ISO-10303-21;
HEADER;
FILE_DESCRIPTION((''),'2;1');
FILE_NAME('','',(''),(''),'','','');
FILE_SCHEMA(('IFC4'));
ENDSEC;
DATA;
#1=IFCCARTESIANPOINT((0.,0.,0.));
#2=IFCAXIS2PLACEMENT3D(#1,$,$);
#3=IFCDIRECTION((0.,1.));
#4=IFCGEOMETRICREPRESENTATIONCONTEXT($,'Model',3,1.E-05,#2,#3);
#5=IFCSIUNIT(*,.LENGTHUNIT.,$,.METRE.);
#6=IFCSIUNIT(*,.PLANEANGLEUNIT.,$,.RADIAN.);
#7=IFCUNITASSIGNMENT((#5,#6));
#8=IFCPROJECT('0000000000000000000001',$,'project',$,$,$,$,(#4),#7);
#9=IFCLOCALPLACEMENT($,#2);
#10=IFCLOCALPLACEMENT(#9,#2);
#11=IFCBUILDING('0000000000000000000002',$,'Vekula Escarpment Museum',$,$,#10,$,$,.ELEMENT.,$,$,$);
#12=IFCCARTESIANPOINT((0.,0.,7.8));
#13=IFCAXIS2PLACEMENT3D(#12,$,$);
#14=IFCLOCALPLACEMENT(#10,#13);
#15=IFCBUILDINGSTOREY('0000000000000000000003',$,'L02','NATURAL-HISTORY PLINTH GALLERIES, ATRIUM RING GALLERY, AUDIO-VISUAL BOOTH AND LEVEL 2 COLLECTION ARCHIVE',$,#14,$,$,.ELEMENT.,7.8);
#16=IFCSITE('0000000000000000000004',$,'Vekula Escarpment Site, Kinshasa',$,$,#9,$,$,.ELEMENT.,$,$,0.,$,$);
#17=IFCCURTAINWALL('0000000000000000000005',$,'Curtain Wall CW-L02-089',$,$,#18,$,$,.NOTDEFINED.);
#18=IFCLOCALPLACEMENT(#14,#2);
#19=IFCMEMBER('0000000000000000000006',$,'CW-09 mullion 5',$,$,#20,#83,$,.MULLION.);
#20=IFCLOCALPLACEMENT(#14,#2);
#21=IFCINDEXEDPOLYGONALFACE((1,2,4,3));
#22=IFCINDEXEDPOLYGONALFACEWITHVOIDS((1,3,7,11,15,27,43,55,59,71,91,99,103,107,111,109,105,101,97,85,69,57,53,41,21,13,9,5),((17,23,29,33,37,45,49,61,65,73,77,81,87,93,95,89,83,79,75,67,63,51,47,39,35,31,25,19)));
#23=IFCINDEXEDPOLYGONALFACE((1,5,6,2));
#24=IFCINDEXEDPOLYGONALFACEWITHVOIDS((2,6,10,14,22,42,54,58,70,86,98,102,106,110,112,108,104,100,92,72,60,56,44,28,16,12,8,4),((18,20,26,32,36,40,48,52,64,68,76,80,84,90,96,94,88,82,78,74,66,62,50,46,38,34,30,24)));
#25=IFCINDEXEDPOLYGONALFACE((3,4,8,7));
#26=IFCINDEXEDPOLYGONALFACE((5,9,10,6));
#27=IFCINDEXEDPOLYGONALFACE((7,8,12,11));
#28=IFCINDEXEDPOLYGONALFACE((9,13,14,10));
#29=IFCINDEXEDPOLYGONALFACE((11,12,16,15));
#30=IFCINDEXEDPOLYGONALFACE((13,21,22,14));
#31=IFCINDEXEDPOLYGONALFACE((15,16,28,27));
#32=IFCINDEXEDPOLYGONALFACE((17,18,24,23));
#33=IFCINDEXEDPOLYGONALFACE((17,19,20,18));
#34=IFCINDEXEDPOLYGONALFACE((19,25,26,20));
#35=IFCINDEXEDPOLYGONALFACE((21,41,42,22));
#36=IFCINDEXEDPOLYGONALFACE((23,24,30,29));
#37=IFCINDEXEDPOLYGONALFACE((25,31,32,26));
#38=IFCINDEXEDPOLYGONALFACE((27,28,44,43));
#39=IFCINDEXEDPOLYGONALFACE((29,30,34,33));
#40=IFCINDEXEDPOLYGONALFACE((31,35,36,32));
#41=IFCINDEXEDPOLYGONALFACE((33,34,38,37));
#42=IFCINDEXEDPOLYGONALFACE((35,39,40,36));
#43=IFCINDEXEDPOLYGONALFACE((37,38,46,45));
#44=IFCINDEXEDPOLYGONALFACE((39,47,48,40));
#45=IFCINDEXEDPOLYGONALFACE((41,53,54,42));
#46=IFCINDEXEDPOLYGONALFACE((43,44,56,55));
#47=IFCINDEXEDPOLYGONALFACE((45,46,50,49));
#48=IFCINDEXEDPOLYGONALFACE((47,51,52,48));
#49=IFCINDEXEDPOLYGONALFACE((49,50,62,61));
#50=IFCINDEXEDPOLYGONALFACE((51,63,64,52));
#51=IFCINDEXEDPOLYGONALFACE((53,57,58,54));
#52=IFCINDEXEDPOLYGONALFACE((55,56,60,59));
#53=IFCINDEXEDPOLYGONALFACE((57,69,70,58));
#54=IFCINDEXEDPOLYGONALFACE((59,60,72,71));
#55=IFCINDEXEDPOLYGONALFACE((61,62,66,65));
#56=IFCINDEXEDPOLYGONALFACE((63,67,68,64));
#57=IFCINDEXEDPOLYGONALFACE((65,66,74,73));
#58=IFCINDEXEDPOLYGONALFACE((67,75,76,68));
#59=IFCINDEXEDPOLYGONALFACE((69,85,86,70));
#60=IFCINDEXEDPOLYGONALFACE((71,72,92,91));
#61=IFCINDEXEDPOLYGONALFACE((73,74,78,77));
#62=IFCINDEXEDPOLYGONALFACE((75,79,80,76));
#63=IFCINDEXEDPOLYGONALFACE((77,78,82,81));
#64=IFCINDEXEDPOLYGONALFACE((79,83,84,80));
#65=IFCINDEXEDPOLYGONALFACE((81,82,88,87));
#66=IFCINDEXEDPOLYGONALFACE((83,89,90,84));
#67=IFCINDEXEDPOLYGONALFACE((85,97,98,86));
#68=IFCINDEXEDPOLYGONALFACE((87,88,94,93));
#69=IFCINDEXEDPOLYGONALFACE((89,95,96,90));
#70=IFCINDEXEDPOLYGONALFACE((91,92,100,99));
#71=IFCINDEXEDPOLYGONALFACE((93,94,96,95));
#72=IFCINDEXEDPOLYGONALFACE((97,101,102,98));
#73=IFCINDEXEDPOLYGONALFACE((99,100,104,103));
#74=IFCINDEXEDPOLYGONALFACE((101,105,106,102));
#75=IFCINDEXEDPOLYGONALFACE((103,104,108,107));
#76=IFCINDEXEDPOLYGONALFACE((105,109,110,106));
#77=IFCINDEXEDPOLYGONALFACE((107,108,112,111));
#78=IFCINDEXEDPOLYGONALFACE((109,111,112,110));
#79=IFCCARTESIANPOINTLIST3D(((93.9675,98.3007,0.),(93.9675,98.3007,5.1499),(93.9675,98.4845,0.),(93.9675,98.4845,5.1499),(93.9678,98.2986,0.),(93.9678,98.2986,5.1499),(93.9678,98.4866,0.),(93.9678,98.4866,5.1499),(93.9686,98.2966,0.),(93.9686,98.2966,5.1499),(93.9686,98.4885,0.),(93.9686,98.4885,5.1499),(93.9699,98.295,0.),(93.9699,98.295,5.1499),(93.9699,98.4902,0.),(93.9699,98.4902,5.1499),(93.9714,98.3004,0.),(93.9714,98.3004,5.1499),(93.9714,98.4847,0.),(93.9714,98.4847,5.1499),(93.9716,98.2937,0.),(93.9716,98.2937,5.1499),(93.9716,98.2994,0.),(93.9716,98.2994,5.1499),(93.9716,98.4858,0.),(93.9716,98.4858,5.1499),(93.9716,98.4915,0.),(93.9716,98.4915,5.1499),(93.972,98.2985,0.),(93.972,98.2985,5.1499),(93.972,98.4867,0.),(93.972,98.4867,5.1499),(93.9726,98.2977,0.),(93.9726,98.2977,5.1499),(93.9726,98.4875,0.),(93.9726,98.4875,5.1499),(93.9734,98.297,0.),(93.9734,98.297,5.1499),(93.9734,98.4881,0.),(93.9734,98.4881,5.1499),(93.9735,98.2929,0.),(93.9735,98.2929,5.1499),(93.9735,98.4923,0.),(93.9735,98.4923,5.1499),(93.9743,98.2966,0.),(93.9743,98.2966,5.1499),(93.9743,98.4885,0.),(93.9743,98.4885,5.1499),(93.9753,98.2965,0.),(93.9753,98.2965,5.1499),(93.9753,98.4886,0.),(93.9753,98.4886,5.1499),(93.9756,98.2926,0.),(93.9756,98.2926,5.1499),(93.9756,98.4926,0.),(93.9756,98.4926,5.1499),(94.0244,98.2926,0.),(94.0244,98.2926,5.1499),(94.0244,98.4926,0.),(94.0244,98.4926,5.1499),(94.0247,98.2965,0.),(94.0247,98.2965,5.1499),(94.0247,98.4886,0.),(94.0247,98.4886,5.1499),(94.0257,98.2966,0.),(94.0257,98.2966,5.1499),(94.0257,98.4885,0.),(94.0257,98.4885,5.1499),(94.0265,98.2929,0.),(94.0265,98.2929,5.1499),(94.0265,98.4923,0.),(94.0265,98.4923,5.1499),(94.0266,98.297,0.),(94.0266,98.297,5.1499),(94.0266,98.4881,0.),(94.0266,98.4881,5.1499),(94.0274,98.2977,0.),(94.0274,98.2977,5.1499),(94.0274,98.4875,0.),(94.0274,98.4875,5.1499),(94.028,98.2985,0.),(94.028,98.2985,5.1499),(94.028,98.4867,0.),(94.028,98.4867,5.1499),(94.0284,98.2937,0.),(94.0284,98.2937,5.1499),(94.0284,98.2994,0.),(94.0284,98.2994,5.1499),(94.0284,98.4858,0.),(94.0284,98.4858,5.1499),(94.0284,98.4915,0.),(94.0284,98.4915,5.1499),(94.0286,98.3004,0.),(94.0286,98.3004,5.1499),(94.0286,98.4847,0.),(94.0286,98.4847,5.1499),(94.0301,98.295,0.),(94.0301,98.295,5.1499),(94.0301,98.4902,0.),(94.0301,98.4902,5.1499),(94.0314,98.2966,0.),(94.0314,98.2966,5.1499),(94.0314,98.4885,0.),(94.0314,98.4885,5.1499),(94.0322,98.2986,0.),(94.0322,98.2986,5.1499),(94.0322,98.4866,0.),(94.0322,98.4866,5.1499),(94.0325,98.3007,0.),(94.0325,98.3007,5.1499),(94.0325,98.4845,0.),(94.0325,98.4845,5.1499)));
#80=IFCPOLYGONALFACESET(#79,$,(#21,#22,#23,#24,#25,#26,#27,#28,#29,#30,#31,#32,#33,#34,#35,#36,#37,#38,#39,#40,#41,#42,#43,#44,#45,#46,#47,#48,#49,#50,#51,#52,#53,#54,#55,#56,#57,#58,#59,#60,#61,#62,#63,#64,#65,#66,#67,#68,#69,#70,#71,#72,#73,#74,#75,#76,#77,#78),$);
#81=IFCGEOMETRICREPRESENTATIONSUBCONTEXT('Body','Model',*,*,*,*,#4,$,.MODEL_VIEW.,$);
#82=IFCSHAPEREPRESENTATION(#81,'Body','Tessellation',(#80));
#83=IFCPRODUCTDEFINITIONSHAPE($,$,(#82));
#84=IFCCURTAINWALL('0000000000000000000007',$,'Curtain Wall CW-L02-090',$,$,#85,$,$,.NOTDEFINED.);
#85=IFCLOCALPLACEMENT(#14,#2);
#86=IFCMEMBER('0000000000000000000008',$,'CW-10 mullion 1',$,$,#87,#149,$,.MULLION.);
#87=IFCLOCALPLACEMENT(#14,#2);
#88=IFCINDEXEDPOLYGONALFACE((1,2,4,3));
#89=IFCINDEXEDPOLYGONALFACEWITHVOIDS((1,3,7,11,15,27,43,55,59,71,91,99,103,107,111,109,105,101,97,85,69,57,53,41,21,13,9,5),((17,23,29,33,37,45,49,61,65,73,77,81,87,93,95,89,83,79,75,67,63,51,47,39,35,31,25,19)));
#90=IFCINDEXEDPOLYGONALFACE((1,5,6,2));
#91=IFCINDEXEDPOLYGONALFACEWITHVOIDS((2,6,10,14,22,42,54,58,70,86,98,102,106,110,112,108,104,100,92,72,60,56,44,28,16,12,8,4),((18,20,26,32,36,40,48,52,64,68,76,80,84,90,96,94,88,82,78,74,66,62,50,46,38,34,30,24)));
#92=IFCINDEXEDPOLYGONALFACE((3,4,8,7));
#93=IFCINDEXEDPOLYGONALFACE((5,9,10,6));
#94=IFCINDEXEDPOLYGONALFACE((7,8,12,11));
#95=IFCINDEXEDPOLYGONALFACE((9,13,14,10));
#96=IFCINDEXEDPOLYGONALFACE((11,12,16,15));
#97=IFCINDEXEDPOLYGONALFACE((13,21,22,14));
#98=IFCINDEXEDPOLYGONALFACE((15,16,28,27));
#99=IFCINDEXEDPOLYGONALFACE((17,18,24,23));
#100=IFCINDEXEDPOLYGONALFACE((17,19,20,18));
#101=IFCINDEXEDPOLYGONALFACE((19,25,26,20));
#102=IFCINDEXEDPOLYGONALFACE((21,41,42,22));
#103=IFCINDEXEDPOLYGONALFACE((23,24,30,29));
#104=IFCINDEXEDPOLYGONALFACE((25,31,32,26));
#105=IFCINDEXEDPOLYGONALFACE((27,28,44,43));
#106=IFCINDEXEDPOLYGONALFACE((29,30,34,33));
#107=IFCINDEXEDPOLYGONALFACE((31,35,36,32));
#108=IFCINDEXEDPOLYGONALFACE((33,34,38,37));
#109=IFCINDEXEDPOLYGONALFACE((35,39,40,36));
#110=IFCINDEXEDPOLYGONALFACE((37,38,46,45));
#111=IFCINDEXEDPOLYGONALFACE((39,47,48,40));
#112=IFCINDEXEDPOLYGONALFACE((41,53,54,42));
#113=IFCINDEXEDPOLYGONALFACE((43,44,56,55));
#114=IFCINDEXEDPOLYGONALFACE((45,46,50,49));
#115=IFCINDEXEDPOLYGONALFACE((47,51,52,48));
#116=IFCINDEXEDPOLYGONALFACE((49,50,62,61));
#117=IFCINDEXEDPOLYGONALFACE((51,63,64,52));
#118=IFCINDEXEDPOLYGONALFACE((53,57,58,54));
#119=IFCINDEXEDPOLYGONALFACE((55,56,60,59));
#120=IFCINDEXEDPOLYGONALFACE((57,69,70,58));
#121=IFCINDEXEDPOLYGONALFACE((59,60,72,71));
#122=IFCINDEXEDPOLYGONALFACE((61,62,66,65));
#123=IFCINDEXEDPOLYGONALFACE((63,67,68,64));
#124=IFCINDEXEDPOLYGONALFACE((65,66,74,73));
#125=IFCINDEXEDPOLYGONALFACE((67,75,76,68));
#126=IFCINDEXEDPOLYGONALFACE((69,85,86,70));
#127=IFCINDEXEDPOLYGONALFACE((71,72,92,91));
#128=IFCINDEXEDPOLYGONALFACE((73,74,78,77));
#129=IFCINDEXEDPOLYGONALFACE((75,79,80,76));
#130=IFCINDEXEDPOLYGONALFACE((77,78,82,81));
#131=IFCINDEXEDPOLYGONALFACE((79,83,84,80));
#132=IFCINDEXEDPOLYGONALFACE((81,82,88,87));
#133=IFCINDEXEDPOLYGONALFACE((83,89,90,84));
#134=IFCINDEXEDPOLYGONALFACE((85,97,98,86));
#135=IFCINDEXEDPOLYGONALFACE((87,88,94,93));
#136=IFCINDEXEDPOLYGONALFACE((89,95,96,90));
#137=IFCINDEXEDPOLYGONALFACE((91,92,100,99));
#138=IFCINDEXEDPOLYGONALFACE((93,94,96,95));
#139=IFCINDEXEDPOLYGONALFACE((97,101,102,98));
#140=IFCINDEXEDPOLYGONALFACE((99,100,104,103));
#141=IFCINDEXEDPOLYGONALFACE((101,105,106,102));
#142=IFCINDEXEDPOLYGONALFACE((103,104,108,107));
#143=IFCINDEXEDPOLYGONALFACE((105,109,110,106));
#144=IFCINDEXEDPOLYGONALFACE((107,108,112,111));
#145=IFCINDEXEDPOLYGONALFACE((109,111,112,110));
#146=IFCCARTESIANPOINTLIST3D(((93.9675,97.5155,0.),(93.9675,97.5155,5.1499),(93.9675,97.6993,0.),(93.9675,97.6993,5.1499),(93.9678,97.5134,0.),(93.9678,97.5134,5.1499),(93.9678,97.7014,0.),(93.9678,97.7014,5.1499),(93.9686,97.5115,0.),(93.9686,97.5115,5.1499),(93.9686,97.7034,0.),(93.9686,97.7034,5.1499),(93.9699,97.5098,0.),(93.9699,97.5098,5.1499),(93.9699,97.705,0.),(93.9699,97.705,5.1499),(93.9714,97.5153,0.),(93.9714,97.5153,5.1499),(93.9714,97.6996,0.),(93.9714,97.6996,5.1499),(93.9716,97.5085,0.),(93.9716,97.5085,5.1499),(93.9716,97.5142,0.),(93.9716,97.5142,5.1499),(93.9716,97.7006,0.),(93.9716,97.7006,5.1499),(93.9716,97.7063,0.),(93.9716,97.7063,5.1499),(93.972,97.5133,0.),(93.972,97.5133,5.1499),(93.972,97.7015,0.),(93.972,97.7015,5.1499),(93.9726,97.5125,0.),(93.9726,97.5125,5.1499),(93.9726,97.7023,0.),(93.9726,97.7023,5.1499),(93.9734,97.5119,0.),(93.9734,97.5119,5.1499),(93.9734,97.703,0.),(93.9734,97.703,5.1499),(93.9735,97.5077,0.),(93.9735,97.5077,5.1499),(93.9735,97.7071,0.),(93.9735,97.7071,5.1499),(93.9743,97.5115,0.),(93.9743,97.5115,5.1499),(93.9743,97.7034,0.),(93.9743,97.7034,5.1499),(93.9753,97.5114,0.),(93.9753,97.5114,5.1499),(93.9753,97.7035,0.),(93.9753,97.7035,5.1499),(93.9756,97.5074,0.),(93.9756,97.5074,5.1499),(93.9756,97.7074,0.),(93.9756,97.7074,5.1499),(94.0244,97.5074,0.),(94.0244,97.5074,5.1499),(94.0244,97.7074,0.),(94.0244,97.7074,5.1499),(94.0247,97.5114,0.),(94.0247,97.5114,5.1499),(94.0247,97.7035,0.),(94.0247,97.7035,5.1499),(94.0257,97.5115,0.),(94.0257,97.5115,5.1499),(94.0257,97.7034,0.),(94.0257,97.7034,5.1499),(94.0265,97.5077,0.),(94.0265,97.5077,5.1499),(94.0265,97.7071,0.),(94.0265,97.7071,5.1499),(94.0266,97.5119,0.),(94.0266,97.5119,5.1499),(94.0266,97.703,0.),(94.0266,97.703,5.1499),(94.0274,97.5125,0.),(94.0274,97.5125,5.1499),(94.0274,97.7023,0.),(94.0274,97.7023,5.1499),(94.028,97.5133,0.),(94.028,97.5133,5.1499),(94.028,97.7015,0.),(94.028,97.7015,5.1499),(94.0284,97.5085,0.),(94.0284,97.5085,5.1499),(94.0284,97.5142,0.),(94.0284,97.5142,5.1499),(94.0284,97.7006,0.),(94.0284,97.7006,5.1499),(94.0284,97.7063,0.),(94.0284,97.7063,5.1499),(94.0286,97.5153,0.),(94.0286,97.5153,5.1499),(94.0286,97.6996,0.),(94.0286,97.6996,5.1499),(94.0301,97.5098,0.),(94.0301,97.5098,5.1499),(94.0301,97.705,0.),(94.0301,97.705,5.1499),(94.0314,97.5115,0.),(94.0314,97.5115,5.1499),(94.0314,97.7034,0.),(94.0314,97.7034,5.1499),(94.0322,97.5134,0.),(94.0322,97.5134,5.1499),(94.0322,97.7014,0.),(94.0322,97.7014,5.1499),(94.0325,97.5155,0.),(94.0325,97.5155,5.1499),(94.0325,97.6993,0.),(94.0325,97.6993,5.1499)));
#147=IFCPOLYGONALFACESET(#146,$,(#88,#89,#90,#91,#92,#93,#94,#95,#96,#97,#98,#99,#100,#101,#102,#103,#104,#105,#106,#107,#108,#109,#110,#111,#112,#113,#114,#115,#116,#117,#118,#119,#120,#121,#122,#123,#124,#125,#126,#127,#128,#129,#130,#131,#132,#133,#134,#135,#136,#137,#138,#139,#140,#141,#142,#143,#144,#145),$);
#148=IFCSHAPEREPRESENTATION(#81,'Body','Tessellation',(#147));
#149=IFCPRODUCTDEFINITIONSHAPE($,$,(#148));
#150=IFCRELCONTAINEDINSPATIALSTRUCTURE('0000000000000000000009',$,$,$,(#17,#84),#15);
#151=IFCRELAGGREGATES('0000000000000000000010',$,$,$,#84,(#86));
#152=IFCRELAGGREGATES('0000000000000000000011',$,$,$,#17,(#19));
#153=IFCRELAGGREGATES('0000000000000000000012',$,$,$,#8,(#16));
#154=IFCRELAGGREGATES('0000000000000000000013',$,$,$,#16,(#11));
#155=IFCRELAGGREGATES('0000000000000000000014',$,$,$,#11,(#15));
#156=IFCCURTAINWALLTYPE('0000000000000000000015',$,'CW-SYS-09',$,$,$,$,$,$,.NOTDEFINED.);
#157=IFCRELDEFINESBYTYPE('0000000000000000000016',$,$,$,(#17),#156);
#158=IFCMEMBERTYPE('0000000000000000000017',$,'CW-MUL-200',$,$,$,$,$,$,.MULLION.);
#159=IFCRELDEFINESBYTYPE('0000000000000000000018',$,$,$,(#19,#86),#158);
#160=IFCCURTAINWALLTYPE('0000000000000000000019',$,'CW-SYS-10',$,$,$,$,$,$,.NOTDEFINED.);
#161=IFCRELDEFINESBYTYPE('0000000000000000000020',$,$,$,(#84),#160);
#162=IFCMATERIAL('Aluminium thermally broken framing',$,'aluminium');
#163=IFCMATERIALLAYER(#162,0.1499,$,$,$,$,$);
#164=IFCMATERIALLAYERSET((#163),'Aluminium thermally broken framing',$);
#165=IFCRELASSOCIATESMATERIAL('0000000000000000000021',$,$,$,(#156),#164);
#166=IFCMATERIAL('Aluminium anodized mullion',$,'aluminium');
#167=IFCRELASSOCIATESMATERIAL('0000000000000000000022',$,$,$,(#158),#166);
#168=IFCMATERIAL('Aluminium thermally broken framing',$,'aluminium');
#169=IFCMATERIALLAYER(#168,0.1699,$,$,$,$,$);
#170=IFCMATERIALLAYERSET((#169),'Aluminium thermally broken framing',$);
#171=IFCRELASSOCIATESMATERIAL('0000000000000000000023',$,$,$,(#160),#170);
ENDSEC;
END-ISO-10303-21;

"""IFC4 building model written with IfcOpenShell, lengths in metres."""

from ifc_helpers import new_model, si_unit, direction, frame, origin, origin_2d, place, context, subcontext, project, spatial, hollow_rectangle, extrude, material, layer, layer_set, material_profile, profile_set, type_object, element, aggregate, save


model = new_model("IFC4")

# Units and contexts
model_context = context("Model", 3, precision=1e-05, world=origin(), true_north=direction((0.0, 1.0)))
body_context = subcontext(model_context, "Body", "Model", "MODEL_VIEW")
ifc_project = project(units=[si_unit("LENGTHUNIT", "METRE"), si_unit("PLANEANGLEUNIT", "RADIAN")], contexts=[model_context])

# Site, building, storey
site_placement = place(None, origin())
site = spatial("IfcSite", under=ifc_project, at=site_placement, Name="Vekula Escarpment Site, Kinshasa", CompositionType="ELEMENT", RefElevation=0.0)
building_placement = place(site_placement, origin())
building = spatial("IfcBuilding", under=site, at=building_placement, Name="Vekula Escarpment Museum", CompositionType="ELEMENT")
storey_placement = place(building_placement, frame((0.0, 0.0, 7.8)))
storey = spatial("IfcBuildingStorey", under=building, at=storey_placement, Name="L02", Description="NATURAL-HISTORY PLINTH GALLERIES, ATRIUM RING GALLERY, AUDIO-VISUAL BOOTH AND LEVEL 2 COLLECTION ARCHIVE", CompositionType="ELEMENT", Elevation=7.8)

# Curtain wall, member
ifc_material_1 = material(Name="Aluminium thermally broken framing", Category="aluminium")
ifc_layer_1 = layer(ifc_material_1, 0.1499)
ifc_layer_set_1 = layer_set([ifc_layer_1], Name="Aluminium thermally broken framing")
curtain_wall_type_1 = type_object("IfcCurtainWallType", Name="CW-SYS-09", PredefinedType="NOTDEFINED", material=ifc_layer_set_1)
curtain_wall_1_placement = place(storey_placement, origin())
curtain_wall_1 = element("IfcCurtainWall", 1, at=curtain_wall_1_placement, inside=storey, type_object=curtain_wall_type_1, Name="Curtain Wall CW-L02-089", PredefinedType="NOTDEFINED")
ifc_material_2 = material(Name="Aluminium anodized mullion", Category="aluminium")
ifc_material_profile_1 = material_profile(ifc_material_2, hollow_rectangle(XDim=0.0649, YDim=0.2, WallThickness=0.0039, InnerFilletRadius=0.0039, OuterFilletRadius=0.0081, at=origin_2d()), Name="ALU 200x65x4")
ifc_profile_set_1 = profile_set([ifc_material_profile_1], Name="Aluminium anodized mullion")
member_type_1 = type_object("IfcMemberType", Name="CW-MUL-200", PredefinedType="MULLION", material=ifc_profile_set_1)
member_1_placement = place(storey_placement, frame((94.0, 98.3926, 0.0), z_axis=(0.0, 0.0, 1.0), x_axis=(1.0, 0.0, 0.0)))
member_1 = element("IfcMember", 2, at=member_1_placement, type_object=member_type_1, Name="CW-09 mullion 5", PredefinedType="MULLION", context=body_context, shape_type="SweptSolid", body=[
    extrude(hollow_rectangle(XDim=0.0649, YDim=0.2, WallThickness=0.0039, InnerFilletRadius=0.0039, OuterFilletRadius=0.0081, at=origin_2d()), origin(), (0.0, 0.0, 1.0), 5.1499),
])

# Curtain wall, member
ifc_material_3 = material(Name="Aluminium thermally broken framing", Category="aluminium")
ifc_layer_2 = layer(ifc_material_3, 0.1699)
ifc_layer_set_2 = layer_set([ifc_layer_2], Name="Aluminium thermally broken framing")
curtain_wall_type_2 = type_object("IfcCurtainWallType", Name="CW-SYS-10", PredefinedType="NOTDEFINED", material=ifc_layer_set_2)
curtain_wall_2_placement = place(storey_placement, origin())
curtain_wall_2 = element("IfcCurtainWall", 3, at=curtain_wall_2_placement, inside=storey, type_object=curtain_wall_type_2, Name="Curtain Wall CW-L02-090", PredefinedType="NOTDEFINED")
member_2_placement = place(storey_placement, frame((94.0, 97.6074, 0.0), z_axis=(0.0, 0.0, 1.0), x_axis=(1.0, 0.0, 0.0)))
member_2 = element("IfcMember", 4, at=member_2_placement, type_object=member_type_1, Name="CW-10 mullion 1", PredefinedType="MULLION", context=body_context, shape_type="SweptSolid", body=[
    extrude(hollow_rectangle(XDim=0.0649, YDim=0.2, WallThickness=0.0039, InnerFilletRadius=0.0039, OuterFilletRadius=0.0081, at=origin_2d()), origin(), (0.0, 0.0, 1.0), 5.1499),
])
aggregate(curtain_wall_2, [member_2])

aggregate(curtain_wall_1, [member_1])

save(model, "model.ifc")
